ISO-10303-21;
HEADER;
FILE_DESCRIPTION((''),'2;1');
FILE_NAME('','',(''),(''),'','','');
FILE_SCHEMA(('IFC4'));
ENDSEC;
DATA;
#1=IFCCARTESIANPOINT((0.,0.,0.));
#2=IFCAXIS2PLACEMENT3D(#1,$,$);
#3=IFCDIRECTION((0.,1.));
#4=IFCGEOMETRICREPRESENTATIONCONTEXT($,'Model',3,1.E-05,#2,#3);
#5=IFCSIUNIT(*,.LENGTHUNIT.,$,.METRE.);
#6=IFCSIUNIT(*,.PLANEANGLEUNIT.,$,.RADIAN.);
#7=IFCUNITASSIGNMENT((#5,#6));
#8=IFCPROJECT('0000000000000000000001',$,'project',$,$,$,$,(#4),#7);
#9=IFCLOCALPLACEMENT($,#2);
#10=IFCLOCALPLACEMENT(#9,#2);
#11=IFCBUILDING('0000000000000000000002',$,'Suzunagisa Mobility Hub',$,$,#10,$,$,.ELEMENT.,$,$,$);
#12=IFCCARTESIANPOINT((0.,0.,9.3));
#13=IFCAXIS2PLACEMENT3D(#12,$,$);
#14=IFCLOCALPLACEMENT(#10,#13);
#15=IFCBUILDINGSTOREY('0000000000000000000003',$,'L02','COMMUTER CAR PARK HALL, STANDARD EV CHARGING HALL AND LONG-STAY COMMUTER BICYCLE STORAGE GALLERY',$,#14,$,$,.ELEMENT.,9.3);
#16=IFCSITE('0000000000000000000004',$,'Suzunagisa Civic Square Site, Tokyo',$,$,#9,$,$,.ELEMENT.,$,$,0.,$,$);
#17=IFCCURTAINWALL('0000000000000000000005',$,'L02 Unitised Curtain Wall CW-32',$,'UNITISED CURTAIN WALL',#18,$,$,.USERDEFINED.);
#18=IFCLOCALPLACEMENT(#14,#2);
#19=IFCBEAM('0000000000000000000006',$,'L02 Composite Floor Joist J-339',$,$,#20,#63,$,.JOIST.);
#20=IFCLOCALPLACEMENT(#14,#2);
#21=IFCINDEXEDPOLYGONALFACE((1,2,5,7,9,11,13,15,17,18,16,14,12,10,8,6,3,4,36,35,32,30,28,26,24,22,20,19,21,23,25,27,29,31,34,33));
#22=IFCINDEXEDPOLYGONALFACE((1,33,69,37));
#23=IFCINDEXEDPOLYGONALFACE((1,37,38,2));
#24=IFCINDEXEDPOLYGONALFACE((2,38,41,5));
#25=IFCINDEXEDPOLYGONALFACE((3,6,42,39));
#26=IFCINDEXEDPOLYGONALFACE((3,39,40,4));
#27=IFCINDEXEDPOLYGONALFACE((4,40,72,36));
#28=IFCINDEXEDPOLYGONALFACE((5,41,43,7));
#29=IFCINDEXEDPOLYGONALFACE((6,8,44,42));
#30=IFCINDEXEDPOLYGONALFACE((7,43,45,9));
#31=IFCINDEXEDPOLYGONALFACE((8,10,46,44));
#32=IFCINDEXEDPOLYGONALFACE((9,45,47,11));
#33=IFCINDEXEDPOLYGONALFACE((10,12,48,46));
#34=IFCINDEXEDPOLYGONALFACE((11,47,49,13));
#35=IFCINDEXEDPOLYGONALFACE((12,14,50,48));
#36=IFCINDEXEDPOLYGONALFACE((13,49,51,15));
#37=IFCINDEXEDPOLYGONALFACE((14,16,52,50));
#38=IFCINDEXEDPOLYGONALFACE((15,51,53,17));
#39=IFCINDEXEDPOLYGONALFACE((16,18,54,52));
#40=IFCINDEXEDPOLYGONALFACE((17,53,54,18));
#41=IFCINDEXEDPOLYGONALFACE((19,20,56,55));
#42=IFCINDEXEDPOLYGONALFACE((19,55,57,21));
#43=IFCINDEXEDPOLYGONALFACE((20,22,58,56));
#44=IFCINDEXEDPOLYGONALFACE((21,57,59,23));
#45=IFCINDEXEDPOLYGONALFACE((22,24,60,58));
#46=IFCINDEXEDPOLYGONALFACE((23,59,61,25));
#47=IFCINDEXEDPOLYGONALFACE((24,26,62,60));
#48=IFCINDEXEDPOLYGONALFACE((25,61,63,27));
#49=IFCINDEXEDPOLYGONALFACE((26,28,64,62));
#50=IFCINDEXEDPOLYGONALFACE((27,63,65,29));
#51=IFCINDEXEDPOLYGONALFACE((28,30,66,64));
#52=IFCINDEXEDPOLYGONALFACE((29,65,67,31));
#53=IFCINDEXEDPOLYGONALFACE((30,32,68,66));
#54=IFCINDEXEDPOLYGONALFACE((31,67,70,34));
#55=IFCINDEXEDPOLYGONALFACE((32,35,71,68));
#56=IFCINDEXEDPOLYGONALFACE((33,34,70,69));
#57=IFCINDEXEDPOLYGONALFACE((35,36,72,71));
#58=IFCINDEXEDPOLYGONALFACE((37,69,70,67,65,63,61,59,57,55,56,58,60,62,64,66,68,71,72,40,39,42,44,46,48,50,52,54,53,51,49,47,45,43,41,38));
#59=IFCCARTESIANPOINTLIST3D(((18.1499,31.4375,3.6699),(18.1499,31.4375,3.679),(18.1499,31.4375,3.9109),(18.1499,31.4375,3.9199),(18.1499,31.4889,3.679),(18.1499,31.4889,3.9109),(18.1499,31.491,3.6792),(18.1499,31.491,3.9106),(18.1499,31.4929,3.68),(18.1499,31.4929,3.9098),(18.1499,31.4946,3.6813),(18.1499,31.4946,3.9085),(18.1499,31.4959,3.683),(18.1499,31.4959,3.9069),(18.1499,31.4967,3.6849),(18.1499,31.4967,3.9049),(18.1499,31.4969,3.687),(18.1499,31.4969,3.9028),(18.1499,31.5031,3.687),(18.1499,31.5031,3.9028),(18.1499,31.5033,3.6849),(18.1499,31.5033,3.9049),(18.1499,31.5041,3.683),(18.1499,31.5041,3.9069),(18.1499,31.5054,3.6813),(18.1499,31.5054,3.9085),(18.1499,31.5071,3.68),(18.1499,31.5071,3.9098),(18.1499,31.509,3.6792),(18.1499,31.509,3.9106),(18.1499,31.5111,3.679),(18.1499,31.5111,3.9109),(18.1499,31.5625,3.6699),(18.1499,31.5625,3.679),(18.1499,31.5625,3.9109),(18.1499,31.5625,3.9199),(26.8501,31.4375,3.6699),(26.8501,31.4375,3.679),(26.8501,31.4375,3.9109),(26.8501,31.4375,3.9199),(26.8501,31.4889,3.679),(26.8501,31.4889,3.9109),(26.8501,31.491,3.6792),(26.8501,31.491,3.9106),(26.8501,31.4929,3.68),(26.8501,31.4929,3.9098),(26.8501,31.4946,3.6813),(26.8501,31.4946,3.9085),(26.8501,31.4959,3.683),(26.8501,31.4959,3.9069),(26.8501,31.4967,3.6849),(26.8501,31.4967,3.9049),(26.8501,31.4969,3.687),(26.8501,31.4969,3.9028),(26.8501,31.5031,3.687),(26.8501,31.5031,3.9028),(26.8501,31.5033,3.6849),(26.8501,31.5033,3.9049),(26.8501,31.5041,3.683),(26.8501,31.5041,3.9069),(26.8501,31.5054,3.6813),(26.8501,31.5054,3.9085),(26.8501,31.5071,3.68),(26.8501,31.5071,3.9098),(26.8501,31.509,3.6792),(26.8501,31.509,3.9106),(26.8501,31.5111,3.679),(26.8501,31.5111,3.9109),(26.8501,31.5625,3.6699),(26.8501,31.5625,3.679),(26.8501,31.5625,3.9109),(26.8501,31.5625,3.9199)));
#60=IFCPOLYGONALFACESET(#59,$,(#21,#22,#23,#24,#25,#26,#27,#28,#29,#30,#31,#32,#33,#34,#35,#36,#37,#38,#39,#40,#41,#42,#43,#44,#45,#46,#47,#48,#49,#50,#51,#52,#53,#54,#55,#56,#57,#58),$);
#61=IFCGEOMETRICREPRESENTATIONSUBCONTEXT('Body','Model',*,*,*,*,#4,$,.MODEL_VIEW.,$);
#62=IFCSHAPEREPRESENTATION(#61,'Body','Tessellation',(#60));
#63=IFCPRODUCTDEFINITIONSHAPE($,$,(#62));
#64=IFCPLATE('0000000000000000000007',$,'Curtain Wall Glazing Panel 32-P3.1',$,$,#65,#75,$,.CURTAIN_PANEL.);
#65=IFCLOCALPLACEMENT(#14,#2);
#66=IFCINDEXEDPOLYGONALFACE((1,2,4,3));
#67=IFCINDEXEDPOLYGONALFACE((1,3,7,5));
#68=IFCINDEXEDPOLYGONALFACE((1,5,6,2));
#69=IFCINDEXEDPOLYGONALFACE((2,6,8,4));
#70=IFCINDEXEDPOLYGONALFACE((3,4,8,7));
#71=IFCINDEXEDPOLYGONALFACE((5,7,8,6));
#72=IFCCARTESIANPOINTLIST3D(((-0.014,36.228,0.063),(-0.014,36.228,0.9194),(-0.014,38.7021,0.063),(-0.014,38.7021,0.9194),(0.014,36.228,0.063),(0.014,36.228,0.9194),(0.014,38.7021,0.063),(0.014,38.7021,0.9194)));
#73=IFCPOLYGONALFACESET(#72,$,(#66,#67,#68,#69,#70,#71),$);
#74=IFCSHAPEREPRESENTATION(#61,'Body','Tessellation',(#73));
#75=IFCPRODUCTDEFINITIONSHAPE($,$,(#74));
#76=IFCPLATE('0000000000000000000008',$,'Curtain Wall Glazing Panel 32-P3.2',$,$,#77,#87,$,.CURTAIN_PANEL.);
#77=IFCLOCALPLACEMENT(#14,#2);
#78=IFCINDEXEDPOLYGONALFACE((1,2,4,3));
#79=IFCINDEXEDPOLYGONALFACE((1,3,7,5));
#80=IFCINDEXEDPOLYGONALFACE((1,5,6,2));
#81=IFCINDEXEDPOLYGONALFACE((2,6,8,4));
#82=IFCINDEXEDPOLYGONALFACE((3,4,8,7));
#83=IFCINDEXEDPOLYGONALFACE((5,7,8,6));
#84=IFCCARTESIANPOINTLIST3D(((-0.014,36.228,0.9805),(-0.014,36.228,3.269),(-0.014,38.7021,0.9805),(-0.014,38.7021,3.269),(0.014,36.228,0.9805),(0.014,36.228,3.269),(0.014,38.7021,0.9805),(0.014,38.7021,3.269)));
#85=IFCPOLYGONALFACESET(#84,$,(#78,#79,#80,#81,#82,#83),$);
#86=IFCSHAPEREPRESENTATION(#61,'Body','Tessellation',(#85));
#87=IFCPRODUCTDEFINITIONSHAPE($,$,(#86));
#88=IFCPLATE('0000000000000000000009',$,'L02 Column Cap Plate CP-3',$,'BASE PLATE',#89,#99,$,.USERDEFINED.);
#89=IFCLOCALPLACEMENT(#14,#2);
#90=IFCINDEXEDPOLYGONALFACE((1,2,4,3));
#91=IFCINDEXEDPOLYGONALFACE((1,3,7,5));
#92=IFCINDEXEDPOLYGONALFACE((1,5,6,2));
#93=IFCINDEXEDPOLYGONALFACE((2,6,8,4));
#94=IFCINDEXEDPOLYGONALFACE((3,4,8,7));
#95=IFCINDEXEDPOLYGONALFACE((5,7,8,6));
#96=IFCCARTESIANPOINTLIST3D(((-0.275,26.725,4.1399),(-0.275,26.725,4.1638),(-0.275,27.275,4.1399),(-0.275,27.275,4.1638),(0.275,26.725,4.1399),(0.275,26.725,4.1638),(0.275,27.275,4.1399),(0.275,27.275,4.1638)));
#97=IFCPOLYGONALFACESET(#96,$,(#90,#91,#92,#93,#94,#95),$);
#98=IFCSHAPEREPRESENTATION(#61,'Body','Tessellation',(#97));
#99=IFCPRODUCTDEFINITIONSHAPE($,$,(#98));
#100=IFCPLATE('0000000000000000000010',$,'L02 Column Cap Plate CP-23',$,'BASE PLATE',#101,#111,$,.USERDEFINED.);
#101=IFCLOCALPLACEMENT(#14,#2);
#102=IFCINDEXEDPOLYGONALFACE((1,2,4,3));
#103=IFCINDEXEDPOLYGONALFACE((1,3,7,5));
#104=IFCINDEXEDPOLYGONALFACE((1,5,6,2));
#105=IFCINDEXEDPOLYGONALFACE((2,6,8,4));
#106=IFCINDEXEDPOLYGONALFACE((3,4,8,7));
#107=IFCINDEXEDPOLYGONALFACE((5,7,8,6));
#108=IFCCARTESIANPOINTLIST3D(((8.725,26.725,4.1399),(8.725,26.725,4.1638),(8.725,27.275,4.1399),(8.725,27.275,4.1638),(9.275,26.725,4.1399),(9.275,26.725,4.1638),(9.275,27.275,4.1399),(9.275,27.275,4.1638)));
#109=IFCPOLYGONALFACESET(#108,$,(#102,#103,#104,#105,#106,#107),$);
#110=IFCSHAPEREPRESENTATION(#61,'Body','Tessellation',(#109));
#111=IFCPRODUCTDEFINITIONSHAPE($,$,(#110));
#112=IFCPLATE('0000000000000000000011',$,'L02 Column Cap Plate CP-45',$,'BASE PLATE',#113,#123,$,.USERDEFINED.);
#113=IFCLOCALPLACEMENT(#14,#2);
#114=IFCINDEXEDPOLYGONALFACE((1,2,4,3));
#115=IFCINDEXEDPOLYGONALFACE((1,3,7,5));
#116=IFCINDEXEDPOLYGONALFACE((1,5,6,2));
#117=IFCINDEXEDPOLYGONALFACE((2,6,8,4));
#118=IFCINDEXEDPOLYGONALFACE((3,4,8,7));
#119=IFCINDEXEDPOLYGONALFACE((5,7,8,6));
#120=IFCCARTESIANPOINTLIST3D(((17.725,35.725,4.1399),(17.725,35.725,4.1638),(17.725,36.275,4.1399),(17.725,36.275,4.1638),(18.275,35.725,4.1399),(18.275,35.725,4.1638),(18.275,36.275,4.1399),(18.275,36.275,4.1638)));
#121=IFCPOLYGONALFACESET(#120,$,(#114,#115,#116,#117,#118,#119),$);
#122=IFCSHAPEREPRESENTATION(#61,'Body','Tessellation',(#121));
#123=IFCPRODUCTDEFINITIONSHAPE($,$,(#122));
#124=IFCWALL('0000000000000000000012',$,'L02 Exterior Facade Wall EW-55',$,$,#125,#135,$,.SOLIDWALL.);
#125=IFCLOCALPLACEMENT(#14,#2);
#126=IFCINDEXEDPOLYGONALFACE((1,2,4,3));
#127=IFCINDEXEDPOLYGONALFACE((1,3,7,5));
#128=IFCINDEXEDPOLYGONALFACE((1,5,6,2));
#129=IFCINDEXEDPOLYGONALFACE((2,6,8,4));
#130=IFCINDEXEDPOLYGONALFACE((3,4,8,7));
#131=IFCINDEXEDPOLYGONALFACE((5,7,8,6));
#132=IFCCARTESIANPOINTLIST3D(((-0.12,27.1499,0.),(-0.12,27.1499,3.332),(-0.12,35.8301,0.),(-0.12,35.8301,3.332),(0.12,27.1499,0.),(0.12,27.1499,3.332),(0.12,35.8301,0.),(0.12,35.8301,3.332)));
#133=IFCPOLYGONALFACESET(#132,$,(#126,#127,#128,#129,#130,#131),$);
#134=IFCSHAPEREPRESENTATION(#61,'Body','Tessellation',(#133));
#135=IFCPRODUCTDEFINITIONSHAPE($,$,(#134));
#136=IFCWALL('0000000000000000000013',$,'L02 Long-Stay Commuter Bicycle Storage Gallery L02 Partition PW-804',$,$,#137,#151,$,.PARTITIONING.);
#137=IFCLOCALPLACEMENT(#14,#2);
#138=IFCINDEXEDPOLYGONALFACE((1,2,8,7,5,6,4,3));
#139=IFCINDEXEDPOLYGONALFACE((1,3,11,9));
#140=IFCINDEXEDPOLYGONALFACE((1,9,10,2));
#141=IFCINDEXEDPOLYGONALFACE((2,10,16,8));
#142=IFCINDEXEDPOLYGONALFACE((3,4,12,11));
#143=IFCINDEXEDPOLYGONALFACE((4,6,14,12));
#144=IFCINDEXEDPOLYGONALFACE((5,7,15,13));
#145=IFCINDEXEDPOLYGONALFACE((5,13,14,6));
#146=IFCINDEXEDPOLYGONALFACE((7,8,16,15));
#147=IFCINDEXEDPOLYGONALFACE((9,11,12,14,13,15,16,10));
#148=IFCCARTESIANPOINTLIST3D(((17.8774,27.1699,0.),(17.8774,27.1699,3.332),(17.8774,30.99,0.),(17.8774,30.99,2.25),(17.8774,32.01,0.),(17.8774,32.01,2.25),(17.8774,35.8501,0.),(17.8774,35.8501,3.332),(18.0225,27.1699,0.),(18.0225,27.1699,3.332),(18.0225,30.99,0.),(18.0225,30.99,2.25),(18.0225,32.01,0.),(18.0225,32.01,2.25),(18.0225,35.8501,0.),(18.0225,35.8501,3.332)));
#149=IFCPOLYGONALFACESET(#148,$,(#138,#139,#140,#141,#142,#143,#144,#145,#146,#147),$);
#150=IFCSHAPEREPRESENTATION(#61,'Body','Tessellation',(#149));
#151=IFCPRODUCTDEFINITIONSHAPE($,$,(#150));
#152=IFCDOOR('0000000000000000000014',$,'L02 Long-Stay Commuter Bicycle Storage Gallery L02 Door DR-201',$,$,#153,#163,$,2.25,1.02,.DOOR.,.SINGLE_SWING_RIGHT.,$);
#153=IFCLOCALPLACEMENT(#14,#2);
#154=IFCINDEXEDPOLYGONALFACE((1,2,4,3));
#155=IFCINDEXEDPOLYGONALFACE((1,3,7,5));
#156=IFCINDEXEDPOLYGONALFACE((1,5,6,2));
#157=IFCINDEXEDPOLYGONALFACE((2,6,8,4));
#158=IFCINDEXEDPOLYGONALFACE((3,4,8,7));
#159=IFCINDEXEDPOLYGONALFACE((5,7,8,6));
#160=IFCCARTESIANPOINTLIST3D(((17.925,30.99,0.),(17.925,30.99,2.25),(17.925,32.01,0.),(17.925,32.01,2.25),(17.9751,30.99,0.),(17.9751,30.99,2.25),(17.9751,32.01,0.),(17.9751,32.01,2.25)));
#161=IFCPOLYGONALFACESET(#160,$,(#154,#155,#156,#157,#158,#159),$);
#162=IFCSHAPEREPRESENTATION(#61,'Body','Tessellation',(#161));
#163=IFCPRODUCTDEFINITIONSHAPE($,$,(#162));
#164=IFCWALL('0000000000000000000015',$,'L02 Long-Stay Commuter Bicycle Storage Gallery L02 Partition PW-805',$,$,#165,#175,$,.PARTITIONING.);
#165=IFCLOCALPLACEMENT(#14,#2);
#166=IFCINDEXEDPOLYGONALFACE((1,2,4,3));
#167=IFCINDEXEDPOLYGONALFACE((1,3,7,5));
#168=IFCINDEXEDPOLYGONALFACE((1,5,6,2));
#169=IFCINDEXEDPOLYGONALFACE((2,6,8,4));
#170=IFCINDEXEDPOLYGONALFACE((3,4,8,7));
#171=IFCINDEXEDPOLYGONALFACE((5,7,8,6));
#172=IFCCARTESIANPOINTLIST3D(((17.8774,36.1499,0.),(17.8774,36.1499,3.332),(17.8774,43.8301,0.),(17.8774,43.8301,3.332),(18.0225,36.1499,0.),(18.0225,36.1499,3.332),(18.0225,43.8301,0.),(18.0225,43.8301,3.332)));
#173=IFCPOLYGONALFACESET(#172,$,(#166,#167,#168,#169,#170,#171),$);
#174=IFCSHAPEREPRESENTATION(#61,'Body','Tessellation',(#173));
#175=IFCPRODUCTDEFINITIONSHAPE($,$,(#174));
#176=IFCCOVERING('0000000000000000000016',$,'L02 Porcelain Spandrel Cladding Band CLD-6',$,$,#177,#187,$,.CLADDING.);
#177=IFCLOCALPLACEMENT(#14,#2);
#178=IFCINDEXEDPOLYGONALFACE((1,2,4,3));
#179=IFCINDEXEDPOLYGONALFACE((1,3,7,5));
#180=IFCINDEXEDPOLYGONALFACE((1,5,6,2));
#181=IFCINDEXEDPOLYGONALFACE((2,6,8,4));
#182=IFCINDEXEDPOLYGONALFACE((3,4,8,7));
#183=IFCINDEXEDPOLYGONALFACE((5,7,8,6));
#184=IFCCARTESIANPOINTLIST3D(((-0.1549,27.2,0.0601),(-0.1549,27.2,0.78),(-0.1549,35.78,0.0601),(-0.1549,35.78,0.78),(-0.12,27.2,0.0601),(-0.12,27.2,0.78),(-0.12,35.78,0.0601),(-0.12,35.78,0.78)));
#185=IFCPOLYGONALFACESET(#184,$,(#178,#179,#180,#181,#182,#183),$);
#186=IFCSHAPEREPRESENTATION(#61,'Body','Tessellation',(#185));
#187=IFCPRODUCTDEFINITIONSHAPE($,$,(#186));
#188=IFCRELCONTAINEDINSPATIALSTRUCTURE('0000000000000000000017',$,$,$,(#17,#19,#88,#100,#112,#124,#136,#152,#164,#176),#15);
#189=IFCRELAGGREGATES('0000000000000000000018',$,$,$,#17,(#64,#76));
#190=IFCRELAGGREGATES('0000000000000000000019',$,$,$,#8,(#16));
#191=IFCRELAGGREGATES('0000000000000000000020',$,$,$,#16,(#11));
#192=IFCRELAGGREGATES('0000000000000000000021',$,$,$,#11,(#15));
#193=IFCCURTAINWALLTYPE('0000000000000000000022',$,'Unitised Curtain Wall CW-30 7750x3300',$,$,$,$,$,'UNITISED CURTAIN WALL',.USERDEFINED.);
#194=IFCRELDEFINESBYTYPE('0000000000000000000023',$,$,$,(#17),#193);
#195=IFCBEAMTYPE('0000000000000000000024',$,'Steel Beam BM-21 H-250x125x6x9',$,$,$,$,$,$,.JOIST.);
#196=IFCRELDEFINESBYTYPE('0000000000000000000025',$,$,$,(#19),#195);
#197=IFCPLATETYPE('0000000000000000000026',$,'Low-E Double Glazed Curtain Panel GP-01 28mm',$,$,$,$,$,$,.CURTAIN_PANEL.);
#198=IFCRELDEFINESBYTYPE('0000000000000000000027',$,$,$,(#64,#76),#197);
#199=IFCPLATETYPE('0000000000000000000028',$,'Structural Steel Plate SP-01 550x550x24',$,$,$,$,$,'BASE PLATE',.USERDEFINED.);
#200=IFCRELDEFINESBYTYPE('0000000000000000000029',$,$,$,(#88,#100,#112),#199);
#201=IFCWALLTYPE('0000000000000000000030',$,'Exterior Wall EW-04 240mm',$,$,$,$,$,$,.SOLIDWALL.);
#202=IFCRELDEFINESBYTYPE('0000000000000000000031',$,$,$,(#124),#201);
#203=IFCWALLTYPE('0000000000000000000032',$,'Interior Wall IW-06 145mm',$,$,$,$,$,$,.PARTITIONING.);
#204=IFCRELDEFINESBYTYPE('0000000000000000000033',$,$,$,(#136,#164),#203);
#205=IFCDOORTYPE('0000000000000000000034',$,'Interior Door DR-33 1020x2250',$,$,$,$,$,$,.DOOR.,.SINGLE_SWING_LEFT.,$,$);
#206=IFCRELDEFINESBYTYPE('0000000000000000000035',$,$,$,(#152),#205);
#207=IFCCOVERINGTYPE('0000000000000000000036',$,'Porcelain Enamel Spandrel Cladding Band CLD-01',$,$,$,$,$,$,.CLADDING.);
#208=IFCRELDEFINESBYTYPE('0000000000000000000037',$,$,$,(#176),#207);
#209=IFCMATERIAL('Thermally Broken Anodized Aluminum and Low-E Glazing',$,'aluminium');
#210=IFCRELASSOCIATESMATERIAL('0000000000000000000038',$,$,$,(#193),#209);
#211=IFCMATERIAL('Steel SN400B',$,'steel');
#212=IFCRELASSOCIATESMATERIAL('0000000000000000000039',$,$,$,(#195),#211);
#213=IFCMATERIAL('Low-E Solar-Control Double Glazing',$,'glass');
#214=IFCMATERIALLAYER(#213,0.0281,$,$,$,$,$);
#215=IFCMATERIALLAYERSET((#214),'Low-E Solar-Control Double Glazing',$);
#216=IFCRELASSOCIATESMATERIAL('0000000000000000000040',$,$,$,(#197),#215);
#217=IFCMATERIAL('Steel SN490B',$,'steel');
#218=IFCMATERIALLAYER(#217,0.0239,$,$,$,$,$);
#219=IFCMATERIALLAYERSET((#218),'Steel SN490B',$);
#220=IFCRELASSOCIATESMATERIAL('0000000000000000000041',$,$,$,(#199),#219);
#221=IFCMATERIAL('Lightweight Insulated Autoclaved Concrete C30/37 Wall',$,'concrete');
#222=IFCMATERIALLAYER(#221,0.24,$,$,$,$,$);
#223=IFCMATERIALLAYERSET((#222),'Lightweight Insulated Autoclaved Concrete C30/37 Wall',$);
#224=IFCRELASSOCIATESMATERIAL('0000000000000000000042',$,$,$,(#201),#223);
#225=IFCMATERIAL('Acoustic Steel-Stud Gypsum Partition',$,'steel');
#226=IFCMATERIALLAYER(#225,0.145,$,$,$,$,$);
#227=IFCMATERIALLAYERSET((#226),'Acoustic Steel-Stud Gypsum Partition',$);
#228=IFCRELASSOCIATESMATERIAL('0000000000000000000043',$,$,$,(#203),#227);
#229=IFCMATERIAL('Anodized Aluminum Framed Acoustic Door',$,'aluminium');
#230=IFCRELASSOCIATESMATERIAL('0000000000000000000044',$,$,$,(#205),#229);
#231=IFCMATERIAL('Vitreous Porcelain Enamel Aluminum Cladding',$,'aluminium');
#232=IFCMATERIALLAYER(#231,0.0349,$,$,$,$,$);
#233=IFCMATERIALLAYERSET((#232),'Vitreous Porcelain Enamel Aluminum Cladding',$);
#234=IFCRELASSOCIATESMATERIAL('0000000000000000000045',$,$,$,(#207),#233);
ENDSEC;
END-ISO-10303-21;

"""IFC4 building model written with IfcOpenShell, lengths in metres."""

from ifc_helpers import new_model, si_unit, direction, frame, frame_2d, origin, origin_2d, place, context, subcontext, project, spatial, rectangle, i_section, extrude, material, layer, layer_set, material_profile, profile_set, type_object, element, fill, aggregate, save


model = new_model("IFC4")

# Units and contexts
model_context = context("Model", 3, precision=1e-05, world=origin(), true_north=direction((0.0, 1.0)))
body_context = subcontext(model_context, "Body", "Model", "MODEL_VIEW")
ifc_project = project(units=[si_unit("LENGTHUNIT", "METRE"), si_unit("PLANEANGLEUNIT", "RADIAN")], contexts=[model_context])

# Site, building, storey
site_placement = place(None, origin())
site = spatial("IfcSite", under=ifc_project, at=site_placement, Name="Suzunagisa Civic Square Site, Tokyo", CompositionType="ELEMENT", RefElevation=0.0)
building_placement = place(site_placement, origin())
building = spatial("IfcBuilding", under=site, at=building_placement, Name="Suzunagisa Mobility Hub", CompositionType="ELEMENT")
storey_placement = place(building_placement, frame((0.0, 0.0, 9.3)))
storey = spatial("IfcBuildingStorey", under=building, at=storey_placement, Name="L02", Description="COMMUTER CAR PARK HALL, STANDARD EV CHARGING HALL AND LONG-STAY COMMUTER BICYCLE STORAGE GALLERY", CompositionType="ELEMENT", Elevation=9.3)

# Shared definitions
ifc_material_1 = material(Name="Steel SN490B", Category="steel")

# Curtain wall
ifc_material_2 = material(Name="Thermally Broken Anodized Aluminum and Low-E Glazing", Category="aluminium")
curtain_wall_type = type_object("IfcCurtainWallType", Name="Unitised Curtain Wall CW-30 7750x3300", ElementType="UNITISED CURTAIN WALL", PredefinedType="USERDEFINED", material=ifc_material_2)
curtain_wall_placement = place(storey_placement, origin())
curtain_wall = element("IfcCurtainWall", 1, at=curtain_wall_placement, inside=storey, type_object=curtain_wall_type, Name="L02 Unitised Curtain Wall CW-32", ObjectType="UNITISED CURTAIN WALL", PredefinedType="USERDEFINED")

# Beam
ifc_material_3 = material(Name="Steel SN400B", Category="steel")
ifc_material_profile_1 = material_profile(ifc_material_3, i_section(OverallWidth=0.125, OverallDepth=0.25, WebThickness=0.0061, FlangeThickness=0.009, FilletRadius=0.0081, at=origin_2d()), Name="H-250x125x6x9")
ifc_profile_set_1 = profile_set([ifc_material_profile_1], Name="Steel SN400B")
beam_type_1 = type_object("IfcBeamType", Name="Steel Beam BM-21 H-250x125x6x9", PredefinedType="JOIST", material=ifc_profile_set_1)
for number, where, z_axis, x_axis, name in (
    (2, (18.1499, 31.5, 3.7949), (1.0, 0.0, 0.0), (0.0, 1.0, 0.0), "L02 Composite Floor Joist J-339"),
):
    element("IfcBeam", number, at=place(storey_placement, frame(where, z_axis=z_axis, x_axis=x_axis)), inside=storey, type_object=beam_type_1, Name=name, PredefinedType="JOIST", context=body_context, shape_type="SweptSolid", body=[
        extrude(i_section(OverallWidth=0.125, OverallDepth=0.25, WebThickness=0.0061, FlangeThickness=0.009, FilletRadius=0.0081, at=origin_2d()), origin(), (0.0, 0.0, 1.0), 8.7002),
    ])

# Plates
ifc_material_4 = material(Name="Low-E Solar-Control Double Glazing", Category="glass")
ifc_layer_1 = layer(ifc_material_4, 0.0281)
ifc_layer_set_1 = layer_set([ifc_layer_1], Name="Low-E Solar-Control Double Glazing")
plate_type_1 = type_object("IfcPlateType", Name="Low-E Double Glazed Curtain Panel GP-01 28mm", PredefinedType="CURTAIN_PANEL", material=ifc_layer_set_1)
plate_1_placement = place(storey_placement, frame((0.0, 37.4651, 0.063), z_axis=(0.0, 0.0, 1.0), x_axis=(0.0, -1.0, 0.0)))
plate_1 = element("IfcPlate", 3, at=plate_1_placement, type_object=plate_type_1, Name="Curtain Wall Glazing Panel 32-P3.1", PredefinedType="CURTAIN_PANEL", context=body_context, shape_type="SweptSolid", body=[
    extrude(rectangle(XDim=2.4741, YDim=0.0281, at=origin_2d()), origin(), (0.0, 0.0, 1.0), 0.8564),
])
plate_2_placement = place(storey_placement, frame((0.0, 37.4651, 0.9805), z_axis=(0.0, 0.0, 1.0), x_axis=(0.0, -1.0, 0.0)))
plate_2 = element("IfcPlate", 4, at=plate_2_placement, type_object=plate_type_1, Name="Curtain Wall Glazing Panel 32-P3.2", PredefinedType="CURTAIN_PANEL", context=body_context, shape_type="SweptSolid", body=[
    extrude(rectangle(XDim=2.4741, YDim=0.0281, at=origin_2d()), origin(), (0.0, 0.0, 1.0), 2.2886),
])
aggregate(curtain_wall, [plate_1, plate_2])

# Plates
ifc_layer_2 = layer(ifc_material_1, 0.0239)
ifc_layer_set_2 = layer_set([ifc_layer_2], Name="Steel SN490B")
plate_type_2 = type_object("IfcPlateType", Name="Structural Steel Plate SP-01 550x550x24", ElementType="BASE PLATE", PredefinedType="USERDEFINED", material=ifc_layer_set_2)
for number, where, z_axis, x_axis, name in (
    (5, (0.0, 27.0, 4.1399), (0.0, 0.0, 1.0), (1.0, 0.0, 0.0), "L02 Column Cap Plate CP-3"),
    (6, (9.0, 27.0, 4.1399), (0.0, 0.0, 1.0), (1.0, 0.0, 0.0), "L02 Column Cap Plate CP-23"),
    (7, (18.0, 36.0, 4.1399), (0.0, 0.0, 1.0), (1.0, 0.0, 0.0), "L02 Column Cap Plate CP-45"),
):
    element("IfcPlate", number, at=place(storey_placement, frame(where, z_axis=z_axis, x_axis=x_axis)), inside=storey, type_object=plate_type_2, Name=name, ObjectType="BASE PLATE", PredefinedType="USERDEFINED", context=body_context, shape_type="SweptSolid", body=[
        extrude(rectangle(XDim=0.55, YDim=0.55, at=origin_2d()), origin(), (0.0, 0.0, 1.0), 0.0239),
    ])

# Wall
ifc_material_5 = material(Name="Lightweight Insulated Autoclaved Concrete C30/37 Wall", Category="concrete")
ifc_layer_3 = layer(ifc_material_5, 0.24)
ifc_layer_set_3 = layer_set([ifc_layer_3], Name="Lightweight Insulated Autoclaved Concrete C30/37 Wall")
wall_type_1 = type_object("IfcWallType", Name="Exterior Wall EW-04 240mm", PredefinedType="SOLIDWALL", material=ifc_layer_set_3)
wall_1_placement = place(storey_placement, frame((0.0, 35.8301, 0.0), z_axis=(0.0, 0.0, 1.0), x_axis=(0.0, -1.0, 0.0)))
element("IfcWall", 8, at=wall_1_placement, inside=storey, type_object=wall_type_1, Name="L02 Exterior Facade Wall EW-55", PredefinedType="SOLIDWALL", context=body_context, shape_type="SweptSolid", body=[
    extrude(rectangle(XDim=8.6802, YDim=0.24, at=frame_2d((4.3401, 0.0))), origin(), (0.0, 0.0, 1.0), 3.332),
])

# Wall, opening, door
ifc_material_6 = material(Name="Acoustic Steel-Stud Gypsum Partition", Category="steel")
ifc_layer_4 = layer(ifc_material_6, 0.145)
ifc_layer_set_4 = layer_set([ifc_layer_4], Name="Acoustic Steel-Stud Gypsum Partition")
wall_type_2 = type_object("IfcWallType", Name="Interior Wall IW-06 145mm", PredefinedType="PARTITIONING", material=ifc_layer_set_4)
wall_2_placement = place(storey_placement, frame((17.95, 27.1699, 0.0), z_axis=(0.0, 0.0, 1.0), x_axis=(0.0, 1.0, 0.0)))
wall_2 = element("IfcWall", 9, at=wall_2_placement, inside=storey, type_object=wall_type_2, Name="L02 Long-Stay Commuter Bicycle Storage Gallery L02 Partition PW-804", PredefinedType="PARTITIONING", context=body_context, shape_type="SweptSolid", body=[
    extrude(rectangle(XDim=8.6802, YDim=0.145, at=frame_2d((4.3401, 0.0))), origin(), (0.0, 0.0, 1.0), 3.332),
])
opening_placement = place(wall_2_placement, frame((3.8201, 0.0, 0.0)))
opening = element("IfcOpeningElement", 10, at=opening_placement, cuts=wall_2, PredefinedType="OPENING", context=body_context, shape_type="SweptSolid", body=[
    extrude(rectangle(XDim=1.02, YDim=2.25, at=frame_2d((0.51, 1.125))), frame((0.0, 0.0835, 0.0), z_axis=(0.0, -1.0, 0.0), x_axis=(1.0, 0.0, 0.0)), (0.0, 0.0, 1.0), 0.167),
])
ifc_material_7 = material(Name="Anodized Aluminum Framed Acoustic Door", Category="aluminium")
door_type = type_object("IfcDoorType", Name="Interior Door DR-33 1020x2250", OperationType="SINGLE_SWING_LEFT", PredefinedType="DOOR", material=ifc_material_7)
door_placement = place(opening_placement, origin())
door = element("IfcDoor", 11, at=door_placement, inside=storey, type_object=door_type, Name="L02 Long-Stay Commuter Bicycle Storage Gallery L02 Door DR-201", OperationType="SINGLE_SWING_RIGHT", OverallHeight=2.25, OverallWidth=1.02, PredefinedType="DOOR", context=body_context, shape_type="SweptSolid", body=[
    extrude(rectangle(XDim=1.02, YDim=2.25, at=frame_2d((0.51, 1.125))), frame((0.0, 0.0249, 0.0), z_axis=(0.0, -1.0, 0.0), x_axis=(1.0, 0.0, 0.0)), (0.0, 0.0, 1.0), 0.05),
])
fill(opening, door)

# Wall
wall_3_placement = place(storey_placement, frame((17.95, 36.1499, 0.0), z_axis=(0.0, 0.0, 1.0), x_axis=(0.0, 1.0, 0.0)))
element("IfcWall", 12, at=wall_3_placement, inside=storey, type_object=wall_type_2, Name="L02 Long-Stay Commuter Bicycle Storage Gallery L02 Partition PW-805", PredefinedType="PARTITIONING", context=body_context, shape_type="SweptSolid", body=[
    extrude(rectangle(XDim=7.6802, YDim=0.145, at=frame_2d((3.8401, 0.0))), origin(), (0.0, 0.0, 1.0), 3.332),
])

# Covering
ifc_material_8 = material(Name="Vitreous Porcelain Enamel Aluminum Cladding", Category="aluminium")
ifc_layer_5 = layer(ifc_material_8, 0.0349)
ifc_layer_set_5 = layer_set([ifc_layer_5], Name="Vitreous Porcelain Enamel Aluminum Cladding")
covering_type = type_object("IfcCoveringType", Name="Porcelain Enamel Spandrel Cladding Band CLD-01", PredefinedType="CLADDING", material=ifc_layer_set_5)
covering_placement = place(storey_placement, frame((-0.1375, 31.49, 0.0601), z_axis=(0.0, 0.0, 1.0), x_axis=(0.0, -1.0, 0.0)))
element("IfcCovering", 13, at=covering_placement, inside=storey, type_object=covering_type, Name="L02 Porcelain Spandrel Cladding Band CLD-6", PredefinedType="CLADDING", context=body_context, shape_type="SweptSolid", body=[
    extrude(rectangle(XDim=8.5801, YDim=0.0349, at=origin_2d()), origin(), (0.0, 0.0, 1.0), 0.72),
])

save(model, "model.ifc")
